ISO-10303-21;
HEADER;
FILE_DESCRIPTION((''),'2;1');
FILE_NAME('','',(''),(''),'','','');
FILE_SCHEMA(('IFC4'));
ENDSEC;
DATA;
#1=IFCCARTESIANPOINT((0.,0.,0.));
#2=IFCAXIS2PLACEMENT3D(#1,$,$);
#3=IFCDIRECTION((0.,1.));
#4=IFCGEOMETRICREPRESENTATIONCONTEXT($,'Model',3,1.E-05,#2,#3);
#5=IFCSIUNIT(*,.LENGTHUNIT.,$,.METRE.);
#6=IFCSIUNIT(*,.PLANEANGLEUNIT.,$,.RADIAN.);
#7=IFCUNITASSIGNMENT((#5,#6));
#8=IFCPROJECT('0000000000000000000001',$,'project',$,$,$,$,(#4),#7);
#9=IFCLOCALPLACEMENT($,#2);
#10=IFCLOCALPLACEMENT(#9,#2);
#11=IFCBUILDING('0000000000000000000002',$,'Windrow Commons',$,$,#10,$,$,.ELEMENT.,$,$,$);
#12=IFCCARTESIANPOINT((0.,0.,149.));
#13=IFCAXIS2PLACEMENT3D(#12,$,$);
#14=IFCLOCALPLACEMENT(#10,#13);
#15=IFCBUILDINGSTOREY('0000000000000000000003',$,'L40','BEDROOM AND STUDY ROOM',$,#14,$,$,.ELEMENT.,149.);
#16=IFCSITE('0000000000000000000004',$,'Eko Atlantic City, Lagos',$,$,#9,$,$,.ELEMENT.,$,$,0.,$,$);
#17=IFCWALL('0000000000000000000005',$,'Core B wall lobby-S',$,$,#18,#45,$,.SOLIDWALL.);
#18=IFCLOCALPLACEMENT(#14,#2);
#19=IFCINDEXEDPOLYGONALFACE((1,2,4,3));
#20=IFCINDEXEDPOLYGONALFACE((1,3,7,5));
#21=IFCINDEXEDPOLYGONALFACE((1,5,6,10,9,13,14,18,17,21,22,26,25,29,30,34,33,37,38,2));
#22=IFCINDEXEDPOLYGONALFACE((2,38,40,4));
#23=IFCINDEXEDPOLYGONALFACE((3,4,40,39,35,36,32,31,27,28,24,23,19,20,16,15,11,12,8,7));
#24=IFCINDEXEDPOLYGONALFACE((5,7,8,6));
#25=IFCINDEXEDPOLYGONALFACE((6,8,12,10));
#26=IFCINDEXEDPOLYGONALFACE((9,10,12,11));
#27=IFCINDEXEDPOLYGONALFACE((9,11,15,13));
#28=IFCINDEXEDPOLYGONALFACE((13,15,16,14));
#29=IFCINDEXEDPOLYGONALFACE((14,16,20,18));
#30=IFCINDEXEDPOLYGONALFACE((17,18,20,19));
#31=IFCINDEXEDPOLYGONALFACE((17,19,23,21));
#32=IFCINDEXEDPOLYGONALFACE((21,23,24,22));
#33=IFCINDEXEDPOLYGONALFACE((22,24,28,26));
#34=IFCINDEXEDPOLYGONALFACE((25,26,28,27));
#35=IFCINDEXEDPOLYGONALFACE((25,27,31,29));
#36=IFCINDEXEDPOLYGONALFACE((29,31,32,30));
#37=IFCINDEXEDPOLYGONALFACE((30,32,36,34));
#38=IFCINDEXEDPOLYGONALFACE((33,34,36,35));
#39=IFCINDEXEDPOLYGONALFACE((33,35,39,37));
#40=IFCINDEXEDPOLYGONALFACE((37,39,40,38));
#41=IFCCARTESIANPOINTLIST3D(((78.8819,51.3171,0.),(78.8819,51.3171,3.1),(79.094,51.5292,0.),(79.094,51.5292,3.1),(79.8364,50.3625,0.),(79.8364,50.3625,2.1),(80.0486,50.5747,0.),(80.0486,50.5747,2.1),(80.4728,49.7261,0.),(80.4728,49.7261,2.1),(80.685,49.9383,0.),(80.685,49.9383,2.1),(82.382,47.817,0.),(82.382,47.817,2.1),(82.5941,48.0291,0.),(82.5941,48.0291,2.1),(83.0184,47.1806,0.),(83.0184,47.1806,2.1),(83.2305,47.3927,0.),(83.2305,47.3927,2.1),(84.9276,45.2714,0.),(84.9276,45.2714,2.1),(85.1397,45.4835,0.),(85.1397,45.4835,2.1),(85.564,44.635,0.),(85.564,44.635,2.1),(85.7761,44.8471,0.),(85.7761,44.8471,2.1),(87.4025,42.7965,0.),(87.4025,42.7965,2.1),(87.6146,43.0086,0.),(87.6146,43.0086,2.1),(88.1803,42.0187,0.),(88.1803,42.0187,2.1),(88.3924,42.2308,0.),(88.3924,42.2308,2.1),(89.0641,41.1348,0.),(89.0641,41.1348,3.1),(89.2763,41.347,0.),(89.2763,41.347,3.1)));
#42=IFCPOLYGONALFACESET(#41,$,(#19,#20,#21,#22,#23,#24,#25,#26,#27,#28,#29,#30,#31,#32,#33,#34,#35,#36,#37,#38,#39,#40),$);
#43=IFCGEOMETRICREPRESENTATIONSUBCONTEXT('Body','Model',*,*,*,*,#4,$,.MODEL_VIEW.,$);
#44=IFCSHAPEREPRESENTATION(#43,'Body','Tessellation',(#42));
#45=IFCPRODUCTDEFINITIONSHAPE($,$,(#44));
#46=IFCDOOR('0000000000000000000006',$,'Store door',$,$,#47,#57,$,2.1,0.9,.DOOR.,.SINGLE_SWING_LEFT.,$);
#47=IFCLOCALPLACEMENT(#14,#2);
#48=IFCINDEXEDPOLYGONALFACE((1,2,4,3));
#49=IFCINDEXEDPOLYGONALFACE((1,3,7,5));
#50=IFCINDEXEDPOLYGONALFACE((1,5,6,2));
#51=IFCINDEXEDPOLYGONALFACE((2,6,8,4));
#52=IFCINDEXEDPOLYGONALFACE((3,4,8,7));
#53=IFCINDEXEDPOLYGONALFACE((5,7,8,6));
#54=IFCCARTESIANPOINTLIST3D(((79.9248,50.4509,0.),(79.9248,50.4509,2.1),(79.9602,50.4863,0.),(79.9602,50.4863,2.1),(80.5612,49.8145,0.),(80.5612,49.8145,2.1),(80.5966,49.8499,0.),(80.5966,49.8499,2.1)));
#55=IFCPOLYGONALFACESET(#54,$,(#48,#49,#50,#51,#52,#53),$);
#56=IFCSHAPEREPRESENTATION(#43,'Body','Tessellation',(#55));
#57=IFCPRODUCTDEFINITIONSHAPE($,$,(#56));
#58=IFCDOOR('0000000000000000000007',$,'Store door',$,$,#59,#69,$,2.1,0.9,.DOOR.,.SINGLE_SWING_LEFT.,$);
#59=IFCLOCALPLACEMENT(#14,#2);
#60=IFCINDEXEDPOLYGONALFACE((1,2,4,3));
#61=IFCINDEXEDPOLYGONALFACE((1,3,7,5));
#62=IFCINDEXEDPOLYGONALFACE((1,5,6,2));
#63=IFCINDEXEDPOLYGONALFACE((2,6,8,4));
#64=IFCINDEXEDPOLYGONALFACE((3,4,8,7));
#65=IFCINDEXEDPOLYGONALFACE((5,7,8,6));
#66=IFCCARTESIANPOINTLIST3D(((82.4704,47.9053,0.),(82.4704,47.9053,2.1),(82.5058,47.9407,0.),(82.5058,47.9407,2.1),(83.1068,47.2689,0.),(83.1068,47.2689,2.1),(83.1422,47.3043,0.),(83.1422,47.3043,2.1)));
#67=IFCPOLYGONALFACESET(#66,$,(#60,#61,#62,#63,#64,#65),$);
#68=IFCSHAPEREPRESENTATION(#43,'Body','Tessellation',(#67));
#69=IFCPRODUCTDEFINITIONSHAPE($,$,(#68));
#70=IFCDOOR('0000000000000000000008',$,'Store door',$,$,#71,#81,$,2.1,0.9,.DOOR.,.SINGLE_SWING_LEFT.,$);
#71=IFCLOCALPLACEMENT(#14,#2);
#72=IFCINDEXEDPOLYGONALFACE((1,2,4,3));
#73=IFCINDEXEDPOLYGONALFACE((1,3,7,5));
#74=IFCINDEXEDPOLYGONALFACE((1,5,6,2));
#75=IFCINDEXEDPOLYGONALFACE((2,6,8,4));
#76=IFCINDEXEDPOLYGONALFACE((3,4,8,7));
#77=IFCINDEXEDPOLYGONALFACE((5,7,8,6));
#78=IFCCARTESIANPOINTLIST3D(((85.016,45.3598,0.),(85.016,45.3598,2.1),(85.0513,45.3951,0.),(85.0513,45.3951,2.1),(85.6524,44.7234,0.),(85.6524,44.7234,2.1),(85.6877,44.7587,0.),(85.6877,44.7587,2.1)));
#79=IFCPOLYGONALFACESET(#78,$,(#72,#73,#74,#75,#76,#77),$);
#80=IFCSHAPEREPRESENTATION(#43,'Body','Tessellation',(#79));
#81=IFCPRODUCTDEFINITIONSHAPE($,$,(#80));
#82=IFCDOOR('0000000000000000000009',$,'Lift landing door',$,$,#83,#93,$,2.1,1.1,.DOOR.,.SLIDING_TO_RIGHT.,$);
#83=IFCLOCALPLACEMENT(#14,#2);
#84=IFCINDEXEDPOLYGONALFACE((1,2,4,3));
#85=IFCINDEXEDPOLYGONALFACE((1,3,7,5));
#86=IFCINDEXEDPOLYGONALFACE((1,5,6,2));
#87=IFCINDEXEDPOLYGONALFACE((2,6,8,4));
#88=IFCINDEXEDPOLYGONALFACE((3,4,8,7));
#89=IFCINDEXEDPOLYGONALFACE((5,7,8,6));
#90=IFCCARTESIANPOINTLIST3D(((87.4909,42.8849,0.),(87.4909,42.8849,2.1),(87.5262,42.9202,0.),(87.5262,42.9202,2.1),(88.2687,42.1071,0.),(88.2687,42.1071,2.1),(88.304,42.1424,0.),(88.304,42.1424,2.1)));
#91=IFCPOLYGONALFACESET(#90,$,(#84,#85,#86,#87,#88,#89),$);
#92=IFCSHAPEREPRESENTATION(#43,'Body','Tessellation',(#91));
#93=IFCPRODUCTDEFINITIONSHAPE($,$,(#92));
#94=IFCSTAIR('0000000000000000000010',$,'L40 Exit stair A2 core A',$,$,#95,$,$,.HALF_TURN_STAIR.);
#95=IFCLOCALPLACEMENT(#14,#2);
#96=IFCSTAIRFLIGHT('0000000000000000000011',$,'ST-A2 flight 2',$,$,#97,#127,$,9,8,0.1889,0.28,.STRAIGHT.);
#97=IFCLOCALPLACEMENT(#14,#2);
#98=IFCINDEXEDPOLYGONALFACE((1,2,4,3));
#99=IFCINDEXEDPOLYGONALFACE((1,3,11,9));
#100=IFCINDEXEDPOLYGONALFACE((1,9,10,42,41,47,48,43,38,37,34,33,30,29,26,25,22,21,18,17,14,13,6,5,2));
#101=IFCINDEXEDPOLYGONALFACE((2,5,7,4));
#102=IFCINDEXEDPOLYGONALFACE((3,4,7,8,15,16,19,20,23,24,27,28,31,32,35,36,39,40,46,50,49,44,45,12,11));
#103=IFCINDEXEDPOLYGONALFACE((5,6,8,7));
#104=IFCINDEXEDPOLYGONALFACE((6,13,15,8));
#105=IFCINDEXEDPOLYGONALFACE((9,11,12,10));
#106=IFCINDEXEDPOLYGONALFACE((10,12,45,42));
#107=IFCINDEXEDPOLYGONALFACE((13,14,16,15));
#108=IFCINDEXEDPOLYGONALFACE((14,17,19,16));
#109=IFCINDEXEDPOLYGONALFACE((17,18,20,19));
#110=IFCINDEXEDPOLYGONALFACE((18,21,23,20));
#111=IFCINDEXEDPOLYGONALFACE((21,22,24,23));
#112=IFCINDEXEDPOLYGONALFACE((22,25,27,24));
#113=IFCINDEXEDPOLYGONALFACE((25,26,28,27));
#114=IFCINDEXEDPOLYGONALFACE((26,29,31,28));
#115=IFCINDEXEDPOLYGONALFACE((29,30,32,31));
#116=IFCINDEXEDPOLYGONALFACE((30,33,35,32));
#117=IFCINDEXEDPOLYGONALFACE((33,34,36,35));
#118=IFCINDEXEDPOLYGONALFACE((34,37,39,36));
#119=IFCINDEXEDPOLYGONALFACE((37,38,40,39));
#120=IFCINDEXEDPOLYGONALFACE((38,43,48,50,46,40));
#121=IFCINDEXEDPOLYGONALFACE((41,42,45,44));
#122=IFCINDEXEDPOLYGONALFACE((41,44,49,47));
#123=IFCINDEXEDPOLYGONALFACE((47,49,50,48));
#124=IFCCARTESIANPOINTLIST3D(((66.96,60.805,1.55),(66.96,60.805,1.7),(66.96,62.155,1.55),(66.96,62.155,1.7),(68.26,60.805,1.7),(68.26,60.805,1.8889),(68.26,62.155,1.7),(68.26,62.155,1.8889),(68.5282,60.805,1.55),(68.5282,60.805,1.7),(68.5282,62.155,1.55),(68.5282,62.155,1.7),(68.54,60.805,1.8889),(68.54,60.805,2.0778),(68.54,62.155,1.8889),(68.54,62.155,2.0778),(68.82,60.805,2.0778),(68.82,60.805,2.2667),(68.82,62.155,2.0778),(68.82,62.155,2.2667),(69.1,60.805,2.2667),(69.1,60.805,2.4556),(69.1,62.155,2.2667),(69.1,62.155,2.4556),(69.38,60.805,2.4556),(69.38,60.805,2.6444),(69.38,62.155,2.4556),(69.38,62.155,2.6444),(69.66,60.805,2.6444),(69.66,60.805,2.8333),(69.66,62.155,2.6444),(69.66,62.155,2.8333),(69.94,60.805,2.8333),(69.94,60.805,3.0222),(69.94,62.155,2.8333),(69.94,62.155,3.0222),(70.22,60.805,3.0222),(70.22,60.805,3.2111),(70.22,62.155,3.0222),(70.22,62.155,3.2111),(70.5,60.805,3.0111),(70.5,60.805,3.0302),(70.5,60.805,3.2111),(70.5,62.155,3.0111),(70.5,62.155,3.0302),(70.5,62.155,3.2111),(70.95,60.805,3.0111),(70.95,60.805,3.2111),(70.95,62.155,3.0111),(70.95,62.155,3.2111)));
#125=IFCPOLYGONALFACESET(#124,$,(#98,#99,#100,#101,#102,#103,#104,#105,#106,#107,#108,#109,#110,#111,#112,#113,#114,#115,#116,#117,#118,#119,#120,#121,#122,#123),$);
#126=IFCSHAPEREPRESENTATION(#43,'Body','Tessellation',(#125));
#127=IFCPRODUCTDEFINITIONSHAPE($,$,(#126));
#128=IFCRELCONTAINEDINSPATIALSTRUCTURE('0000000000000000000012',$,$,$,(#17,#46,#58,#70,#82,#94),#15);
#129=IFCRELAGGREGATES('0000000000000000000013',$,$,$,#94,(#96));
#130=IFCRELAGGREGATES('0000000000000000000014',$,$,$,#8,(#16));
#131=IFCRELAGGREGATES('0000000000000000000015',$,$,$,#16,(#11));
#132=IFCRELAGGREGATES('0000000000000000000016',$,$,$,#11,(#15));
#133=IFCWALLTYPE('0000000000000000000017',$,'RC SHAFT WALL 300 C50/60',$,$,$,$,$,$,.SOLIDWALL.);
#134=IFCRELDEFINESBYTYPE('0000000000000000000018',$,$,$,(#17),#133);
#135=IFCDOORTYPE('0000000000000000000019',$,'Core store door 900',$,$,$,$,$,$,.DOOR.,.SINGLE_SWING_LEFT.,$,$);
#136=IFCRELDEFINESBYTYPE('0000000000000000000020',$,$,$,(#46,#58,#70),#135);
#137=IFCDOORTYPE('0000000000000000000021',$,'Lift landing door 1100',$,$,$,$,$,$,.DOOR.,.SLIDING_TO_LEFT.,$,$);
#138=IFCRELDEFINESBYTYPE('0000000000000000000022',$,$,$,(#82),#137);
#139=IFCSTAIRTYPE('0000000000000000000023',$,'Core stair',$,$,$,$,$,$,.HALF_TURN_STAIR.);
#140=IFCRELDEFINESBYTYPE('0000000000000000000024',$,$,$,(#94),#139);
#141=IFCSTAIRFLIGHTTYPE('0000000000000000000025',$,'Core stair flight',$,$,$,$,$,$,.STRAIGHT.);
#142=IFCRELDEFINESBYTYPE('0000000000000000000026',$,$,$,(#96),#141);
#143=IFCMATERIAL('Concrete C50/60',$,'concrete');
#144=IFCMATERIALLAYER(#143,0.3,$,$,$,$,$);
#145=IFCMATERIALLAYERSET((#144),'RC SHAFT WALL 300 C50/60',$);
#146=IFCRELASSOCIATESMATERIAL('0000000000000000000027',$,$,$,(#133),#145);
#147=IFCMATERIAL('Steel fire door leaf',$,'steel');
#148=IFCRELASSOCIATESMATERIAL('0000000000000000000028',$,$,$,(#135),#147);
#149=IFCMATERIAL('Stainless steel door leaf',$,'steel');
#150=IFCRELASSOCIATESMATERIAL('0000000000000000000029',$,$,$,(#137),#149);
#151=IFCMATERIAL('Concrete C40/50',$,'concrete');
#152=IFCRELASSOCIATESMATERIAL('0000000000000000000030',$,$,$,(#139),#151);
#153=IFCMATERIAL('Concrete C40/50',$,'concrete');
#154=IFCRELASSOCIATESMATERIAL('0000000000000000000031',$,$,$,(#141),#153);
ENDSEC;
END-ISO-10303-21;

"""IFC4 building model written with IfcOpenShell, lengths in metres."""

from ifc_helpers import new_model, si_unit, direction, frame, frame_2d, origin, place, context, subcontext, project, spatial, polyline, rectangle, outline, extrude, material, layer, layer_set, type_object, element, fill, aggregate, save


model = new_model("IFC4")

# Units and contexts
model_context = context("Model", 3, precision=1e-05, world=origin(), true_north=direction((0.0, 1.0)))
body_context = subcontext(model_context, "Body", "Model", "MODEL_VIEW")
ifc_project = project(units=[si_unit("LENGTHUNIT", "METRE"), si_unit("PLANEANGLEUNIT", "RADIAN")], contexts=[model_context])

# Site, building, storey
site_placement = place(None, origin())
site = spatial("IfcSite", under=ifc_project, at=site_placement, Name="Eko Atlantic City, Lagos", CompositionType="ELEMENT", RefElevation=0.0)
building_placement = place(site_placement, origin())
building = spatial("IfcBuilding", under=site, at=building_placement, Name="Windrow Commons", CompositionType="ELEMENT")
storey_placement = place(building_placement, frame((0.0, 0.0, 149.0)))
storey = spatial("IfcBuildingStorey", under=building, at=storey_placement, Name="L40", Description="BEDROOM AND STUDY ROOM", CompositionType="ELEMENT", Elevation=149.0)

# Shared definitions
ifc_material_1 = material(Name="Concrete C50/60", Category="concrete")
ifc_layer_1 = layer(ifc_material_1, 0.3)
ifc_layer_set_1 = layer_set([ifc_layer_1], Name="RC SHAFT WALL 300 C50/60")
wall_type_1 = type_object("IfcWallType", Name="RC SHAFT WALL 300 C50/60", PredefinedType="SOLIDWALL", material=ifc_layer_set_1)

# Wall, openings, doors
wall_1_placement = place(storey_placement, frame((78.9879, 51.4232, 0.0), z_axis=(0.0, 0.0, 1.0), x_axis=(0.707107, -0.707107, 0.0)))
wall_1 = element("IfcWall", 1, at=wall_1_placement, inside=storey, type_object=wall_type_1, Name="Core B wall lobby-S", PredefinedType="SOLIDWALL", context=body_context, shape_type="SweptSolid", body=[
    extrude(rectangle(XDim=14.3999, YDim=0.3, at=frame_2d((7.2, 0.0))), origin(), (0.0, 0.0, 1.0), 3.1),
])
opening_1_placement = place(wall_1_placement, frame((1.35, 0.0, 0.0)))
opening_1 = element("IfcOpeningElement", 2, at=opening_1_placement, cuts=wall_1, PredefinedType="OPENING", context=body_context, shape_type="SweptSolid", body=[
    extrude(rectangle(XDim=0.9, YDim=2.1, at=frame_2d((0.45, 1.05))), frame((0.0, 0.16, 0.0), z_axis=(0.0, -1.0, 0.0), x_axis=(1.0, 0.0, 0.0)), (0.0, 0.0, 1.0), 0.32),
])
opening_2_placement = place(wall_1_placement, frame((4.95, 0.0, 0.0)))
opening_2 = element("IfcOpeningElement", 3, at=opening_2_placement, cuts=wall_1, PredefinedType="OPENING", context=body_context, shape_type="SweptSolid", body=[
    extrude(rectangle(XDim=0.9, YDim=2.1, at=frame_2d((0.45, 1.05))), frame((0.0, 0.16, 0.0), z_axis=(0.0, -1.0, 0.0), x_axis=(1.0, 0.0, 0.0)), (0.0, 0.0, 1.0), 0.32),
])
opening_3_placement = place(wall_1_placement, frame((8.55, 0.0, 0.0)))
opening_3 = element("IfcOpeningElement", 4, at=opening_3_placement, cuts=wall_1, PredefinedType="OPENING", context=body_context, shape_type="SweptSolid", body=[
    extrude(rectangle(XDim=0.9, YDim=2.1, at=frame_2d((0.45, 1.05))), frame((0.0, 0.16, 0.0), z_axis=(0.0, -1.0, 0.0), x_axis=(1.0, 0.0, 0.0)), (0.0, 0.0, 1.0), 0.32),
])
opening_4_placement = place(wall_1_placement, frame((12.05, 0.0, 0.0)))
opening_4 = element("IfcOpeningElement", 5, at=opening_4_placement, cuts=wall_1, PredefinedType="OPENING", context=body_context, shape_type="SweptSolid", body=[
    extrude(rectangle(XDim=1.1, YDim=2.1, at=frame_2d((0.55, 1.05))), frame((0.0, 0.16, 0.0), z_axis=(0.0, -1.0, 0.0), x_axis=(1.0, 0.0, 0.0)), (0.0, 0.0, 1.0), 0.32),
])
ifc_material_2 = material(Name="Steel fire door leaf", Category="steel")
door_type_1 = type_object("IfcDoorType", Name="Core store door 900", OperationType="SINGLE_SWING_LEFT", PredefinedType="DOOR", material=ifc_material_2)
door_1_placement = place(opening_1_placement, origin())
door_1 = element("IfcDoor", 6, at=door_1_placement, inside=storey, type_object=door_type_1, Name="Store door", OperationType="SINGLE_SWING_LEFT", OverallHeight=2.1, OverallWidth=0.9, PredefinedType="DOOR", context=body_context, shape_type="SweptSolid", body=[
    extrude(rectangle(XDim=0.9, YDim=2.1, at=frame_2d((0.45, 1.05))), frame((0.0, 0.025, 0.0), z_axis=(0.0, -1.0, 0.0), x_axis=(1.0, 0.0, 0.0)), (0.0, 0.0, 1.0), 0.05),
])
fill(opening_1, door_1)
door_2_placement = place(opening_2_placement, origin())
door_2 = element("IfcDoor", 7, at=door_2_placement, inside=storey, type_object=door_type_1, Name="Store door", OperationType="SINGLE_SWING_LEFT", OverallHeight=2.1, OverallWidth=0.9, PredefinedType="DOOR", context=body_context, shape_type="SweptSolid", body=[
    extrude(rectangle(XDim=0.9, YDim=2.1, at=frame_2d((0.45, 1.05))), frame((0.0, 0.025, 0.0), z_axis=(0.0, -1.0, 0.0), x_axis=(1.0, 0.0, 0.0)), (0.0, 0.0, 1.0), 0.05),
])
fill(opening_2, door_2)
door_3_placement = place(opening_3_placement, origin())
door_3 = element("IfcDoor", 8, at=door_3_placement, inside=storey, type_object=door_type_1, Name="Store door", OperationType="SINGLE_SWING_LEFT", OverallHeight=2.1, OverallWidth=0.9, PredefinedType="DOOR", context=body_context, shape_type="SweptSolid", body=[
    extrude(rectangle(XDim=0.9, YDim=2.1, at=frame_2d((0.45, 1.05))), frame((0.0, 0.025, 0.0), z_axis=(0.0, -1.0, 0.0), x_axis=(1.0, 0.0, 0.0)), (0.0, 0.0, 1.0), 0.05),
])
fill(opening_3, door_3)
ifc_material_3 = material(Name="Stainless steel door leaf", Category="steel")
door_type_2 = type_object("IfcDoorType", Name="Lift landing door 1100", OperationType="SLIDING_TO_LEFT", PredefinedType="DOOR", material=ifc_material_3)
door_4_placement = place(opening_4_placement, origin())
door_4 = element("IfcDoor", 9, at=door_4_placement, inside=storey, type_object=door_type_2, Name="Lift landing door", OperationType="SLIDING_TO_RIGHT", OverallHeight=2.1, OverallWidth=1.1, PredefinedType="DOOR", context=body_context, shape_type="SweptSolid", body=[
    extrude(rectangle(XDim=1.1, YDim=2.1, at=frame_2d((0.55, 1.05))), frame((0.0, 0.025, 0.0), z_axis=(0.0, -1.0, 0.0), x_axis=(1.0, 0.0, 0.0)), (0.0, 0.0, 1.0), 0.05),
])
fill(opening_4, door_4)

# Stair, stair flight
ifc_material_4 = material(Name="Concrete C40/50", Category="concrete")
stair_type = type_object("IfcStairType", Name="Core stair", PredefinedType="HALF_TURN_STAIR", material=ifc_material_4)
stair_placement = place(storey_placement, origin())
stair = element("IfcStair", 10, at=stair_placement, inside=storey, type_object=stair_type, Name="L40 Exit stair A2 core A", PredefinedType="HALF_TURN_STAIR")
ifc_material_5 = material(Name="Concrete C40/50", Category="concrete")
stair_flight_type = type_object("IfcStairFlightType", Name="Core stair flight", PredefinedType="STRAIGHT", material=ifc_material_5)
stair_flight_placement = place(storey_placement, frame((68.26, 61.48, 1.7), z_axis=(0.0, 0.0, 1.0), x_axis=(1.0, 0.0, 0.0)))
stair_flight = element("IfcStairFlight", 11, at=stair_flight_placement, type_object=stair_flight_type, Name="ST-A2 flight 2", NumberOfRisers=9, NumberOfTreads=8, PredefinedType="STRAIGHT", RiserHeight=0.1889, TreadLength=0.28, context=body_context, shape_type="SweptSolid", body=[
    extrude(outline(polyline([(-1.3, -0.15), (-1.3, 0.0), (0.0, 0.0), (0.0, 0.1889), (0.28, 0.1889), (0.28, 0.3778), (0.56, 0.3778), (0.56, 0.5667), (0.84, 0.5667), (0.84, 0.7556), (1.12, 0.7556), (1.12, 0.9444), (1.4, 0.9444), (1.4, 1.1333), (1.68, 1.1333), (1.68, 1.3222), (1.96, 1.3222), (1.96, 1.5111), (2.24, 1.5111), (2.69, 1.5111), (2.69, 1.3111), (2.24, 1.3111), (2.24, 1.3302), (0.2682, 0.0), (0.2682, -0.15), (-1.3, -0.15)])), frame((0.0, 0.675, 0.0), z_axis=(0.0, -1.0, 0.0), x_axis=(1.0, 0.0, 0.0)), (0.0, 0.0, 1.0), 1.35),
])
aggregate(stair, [stair_flight])

save(model, "model.ifc")
